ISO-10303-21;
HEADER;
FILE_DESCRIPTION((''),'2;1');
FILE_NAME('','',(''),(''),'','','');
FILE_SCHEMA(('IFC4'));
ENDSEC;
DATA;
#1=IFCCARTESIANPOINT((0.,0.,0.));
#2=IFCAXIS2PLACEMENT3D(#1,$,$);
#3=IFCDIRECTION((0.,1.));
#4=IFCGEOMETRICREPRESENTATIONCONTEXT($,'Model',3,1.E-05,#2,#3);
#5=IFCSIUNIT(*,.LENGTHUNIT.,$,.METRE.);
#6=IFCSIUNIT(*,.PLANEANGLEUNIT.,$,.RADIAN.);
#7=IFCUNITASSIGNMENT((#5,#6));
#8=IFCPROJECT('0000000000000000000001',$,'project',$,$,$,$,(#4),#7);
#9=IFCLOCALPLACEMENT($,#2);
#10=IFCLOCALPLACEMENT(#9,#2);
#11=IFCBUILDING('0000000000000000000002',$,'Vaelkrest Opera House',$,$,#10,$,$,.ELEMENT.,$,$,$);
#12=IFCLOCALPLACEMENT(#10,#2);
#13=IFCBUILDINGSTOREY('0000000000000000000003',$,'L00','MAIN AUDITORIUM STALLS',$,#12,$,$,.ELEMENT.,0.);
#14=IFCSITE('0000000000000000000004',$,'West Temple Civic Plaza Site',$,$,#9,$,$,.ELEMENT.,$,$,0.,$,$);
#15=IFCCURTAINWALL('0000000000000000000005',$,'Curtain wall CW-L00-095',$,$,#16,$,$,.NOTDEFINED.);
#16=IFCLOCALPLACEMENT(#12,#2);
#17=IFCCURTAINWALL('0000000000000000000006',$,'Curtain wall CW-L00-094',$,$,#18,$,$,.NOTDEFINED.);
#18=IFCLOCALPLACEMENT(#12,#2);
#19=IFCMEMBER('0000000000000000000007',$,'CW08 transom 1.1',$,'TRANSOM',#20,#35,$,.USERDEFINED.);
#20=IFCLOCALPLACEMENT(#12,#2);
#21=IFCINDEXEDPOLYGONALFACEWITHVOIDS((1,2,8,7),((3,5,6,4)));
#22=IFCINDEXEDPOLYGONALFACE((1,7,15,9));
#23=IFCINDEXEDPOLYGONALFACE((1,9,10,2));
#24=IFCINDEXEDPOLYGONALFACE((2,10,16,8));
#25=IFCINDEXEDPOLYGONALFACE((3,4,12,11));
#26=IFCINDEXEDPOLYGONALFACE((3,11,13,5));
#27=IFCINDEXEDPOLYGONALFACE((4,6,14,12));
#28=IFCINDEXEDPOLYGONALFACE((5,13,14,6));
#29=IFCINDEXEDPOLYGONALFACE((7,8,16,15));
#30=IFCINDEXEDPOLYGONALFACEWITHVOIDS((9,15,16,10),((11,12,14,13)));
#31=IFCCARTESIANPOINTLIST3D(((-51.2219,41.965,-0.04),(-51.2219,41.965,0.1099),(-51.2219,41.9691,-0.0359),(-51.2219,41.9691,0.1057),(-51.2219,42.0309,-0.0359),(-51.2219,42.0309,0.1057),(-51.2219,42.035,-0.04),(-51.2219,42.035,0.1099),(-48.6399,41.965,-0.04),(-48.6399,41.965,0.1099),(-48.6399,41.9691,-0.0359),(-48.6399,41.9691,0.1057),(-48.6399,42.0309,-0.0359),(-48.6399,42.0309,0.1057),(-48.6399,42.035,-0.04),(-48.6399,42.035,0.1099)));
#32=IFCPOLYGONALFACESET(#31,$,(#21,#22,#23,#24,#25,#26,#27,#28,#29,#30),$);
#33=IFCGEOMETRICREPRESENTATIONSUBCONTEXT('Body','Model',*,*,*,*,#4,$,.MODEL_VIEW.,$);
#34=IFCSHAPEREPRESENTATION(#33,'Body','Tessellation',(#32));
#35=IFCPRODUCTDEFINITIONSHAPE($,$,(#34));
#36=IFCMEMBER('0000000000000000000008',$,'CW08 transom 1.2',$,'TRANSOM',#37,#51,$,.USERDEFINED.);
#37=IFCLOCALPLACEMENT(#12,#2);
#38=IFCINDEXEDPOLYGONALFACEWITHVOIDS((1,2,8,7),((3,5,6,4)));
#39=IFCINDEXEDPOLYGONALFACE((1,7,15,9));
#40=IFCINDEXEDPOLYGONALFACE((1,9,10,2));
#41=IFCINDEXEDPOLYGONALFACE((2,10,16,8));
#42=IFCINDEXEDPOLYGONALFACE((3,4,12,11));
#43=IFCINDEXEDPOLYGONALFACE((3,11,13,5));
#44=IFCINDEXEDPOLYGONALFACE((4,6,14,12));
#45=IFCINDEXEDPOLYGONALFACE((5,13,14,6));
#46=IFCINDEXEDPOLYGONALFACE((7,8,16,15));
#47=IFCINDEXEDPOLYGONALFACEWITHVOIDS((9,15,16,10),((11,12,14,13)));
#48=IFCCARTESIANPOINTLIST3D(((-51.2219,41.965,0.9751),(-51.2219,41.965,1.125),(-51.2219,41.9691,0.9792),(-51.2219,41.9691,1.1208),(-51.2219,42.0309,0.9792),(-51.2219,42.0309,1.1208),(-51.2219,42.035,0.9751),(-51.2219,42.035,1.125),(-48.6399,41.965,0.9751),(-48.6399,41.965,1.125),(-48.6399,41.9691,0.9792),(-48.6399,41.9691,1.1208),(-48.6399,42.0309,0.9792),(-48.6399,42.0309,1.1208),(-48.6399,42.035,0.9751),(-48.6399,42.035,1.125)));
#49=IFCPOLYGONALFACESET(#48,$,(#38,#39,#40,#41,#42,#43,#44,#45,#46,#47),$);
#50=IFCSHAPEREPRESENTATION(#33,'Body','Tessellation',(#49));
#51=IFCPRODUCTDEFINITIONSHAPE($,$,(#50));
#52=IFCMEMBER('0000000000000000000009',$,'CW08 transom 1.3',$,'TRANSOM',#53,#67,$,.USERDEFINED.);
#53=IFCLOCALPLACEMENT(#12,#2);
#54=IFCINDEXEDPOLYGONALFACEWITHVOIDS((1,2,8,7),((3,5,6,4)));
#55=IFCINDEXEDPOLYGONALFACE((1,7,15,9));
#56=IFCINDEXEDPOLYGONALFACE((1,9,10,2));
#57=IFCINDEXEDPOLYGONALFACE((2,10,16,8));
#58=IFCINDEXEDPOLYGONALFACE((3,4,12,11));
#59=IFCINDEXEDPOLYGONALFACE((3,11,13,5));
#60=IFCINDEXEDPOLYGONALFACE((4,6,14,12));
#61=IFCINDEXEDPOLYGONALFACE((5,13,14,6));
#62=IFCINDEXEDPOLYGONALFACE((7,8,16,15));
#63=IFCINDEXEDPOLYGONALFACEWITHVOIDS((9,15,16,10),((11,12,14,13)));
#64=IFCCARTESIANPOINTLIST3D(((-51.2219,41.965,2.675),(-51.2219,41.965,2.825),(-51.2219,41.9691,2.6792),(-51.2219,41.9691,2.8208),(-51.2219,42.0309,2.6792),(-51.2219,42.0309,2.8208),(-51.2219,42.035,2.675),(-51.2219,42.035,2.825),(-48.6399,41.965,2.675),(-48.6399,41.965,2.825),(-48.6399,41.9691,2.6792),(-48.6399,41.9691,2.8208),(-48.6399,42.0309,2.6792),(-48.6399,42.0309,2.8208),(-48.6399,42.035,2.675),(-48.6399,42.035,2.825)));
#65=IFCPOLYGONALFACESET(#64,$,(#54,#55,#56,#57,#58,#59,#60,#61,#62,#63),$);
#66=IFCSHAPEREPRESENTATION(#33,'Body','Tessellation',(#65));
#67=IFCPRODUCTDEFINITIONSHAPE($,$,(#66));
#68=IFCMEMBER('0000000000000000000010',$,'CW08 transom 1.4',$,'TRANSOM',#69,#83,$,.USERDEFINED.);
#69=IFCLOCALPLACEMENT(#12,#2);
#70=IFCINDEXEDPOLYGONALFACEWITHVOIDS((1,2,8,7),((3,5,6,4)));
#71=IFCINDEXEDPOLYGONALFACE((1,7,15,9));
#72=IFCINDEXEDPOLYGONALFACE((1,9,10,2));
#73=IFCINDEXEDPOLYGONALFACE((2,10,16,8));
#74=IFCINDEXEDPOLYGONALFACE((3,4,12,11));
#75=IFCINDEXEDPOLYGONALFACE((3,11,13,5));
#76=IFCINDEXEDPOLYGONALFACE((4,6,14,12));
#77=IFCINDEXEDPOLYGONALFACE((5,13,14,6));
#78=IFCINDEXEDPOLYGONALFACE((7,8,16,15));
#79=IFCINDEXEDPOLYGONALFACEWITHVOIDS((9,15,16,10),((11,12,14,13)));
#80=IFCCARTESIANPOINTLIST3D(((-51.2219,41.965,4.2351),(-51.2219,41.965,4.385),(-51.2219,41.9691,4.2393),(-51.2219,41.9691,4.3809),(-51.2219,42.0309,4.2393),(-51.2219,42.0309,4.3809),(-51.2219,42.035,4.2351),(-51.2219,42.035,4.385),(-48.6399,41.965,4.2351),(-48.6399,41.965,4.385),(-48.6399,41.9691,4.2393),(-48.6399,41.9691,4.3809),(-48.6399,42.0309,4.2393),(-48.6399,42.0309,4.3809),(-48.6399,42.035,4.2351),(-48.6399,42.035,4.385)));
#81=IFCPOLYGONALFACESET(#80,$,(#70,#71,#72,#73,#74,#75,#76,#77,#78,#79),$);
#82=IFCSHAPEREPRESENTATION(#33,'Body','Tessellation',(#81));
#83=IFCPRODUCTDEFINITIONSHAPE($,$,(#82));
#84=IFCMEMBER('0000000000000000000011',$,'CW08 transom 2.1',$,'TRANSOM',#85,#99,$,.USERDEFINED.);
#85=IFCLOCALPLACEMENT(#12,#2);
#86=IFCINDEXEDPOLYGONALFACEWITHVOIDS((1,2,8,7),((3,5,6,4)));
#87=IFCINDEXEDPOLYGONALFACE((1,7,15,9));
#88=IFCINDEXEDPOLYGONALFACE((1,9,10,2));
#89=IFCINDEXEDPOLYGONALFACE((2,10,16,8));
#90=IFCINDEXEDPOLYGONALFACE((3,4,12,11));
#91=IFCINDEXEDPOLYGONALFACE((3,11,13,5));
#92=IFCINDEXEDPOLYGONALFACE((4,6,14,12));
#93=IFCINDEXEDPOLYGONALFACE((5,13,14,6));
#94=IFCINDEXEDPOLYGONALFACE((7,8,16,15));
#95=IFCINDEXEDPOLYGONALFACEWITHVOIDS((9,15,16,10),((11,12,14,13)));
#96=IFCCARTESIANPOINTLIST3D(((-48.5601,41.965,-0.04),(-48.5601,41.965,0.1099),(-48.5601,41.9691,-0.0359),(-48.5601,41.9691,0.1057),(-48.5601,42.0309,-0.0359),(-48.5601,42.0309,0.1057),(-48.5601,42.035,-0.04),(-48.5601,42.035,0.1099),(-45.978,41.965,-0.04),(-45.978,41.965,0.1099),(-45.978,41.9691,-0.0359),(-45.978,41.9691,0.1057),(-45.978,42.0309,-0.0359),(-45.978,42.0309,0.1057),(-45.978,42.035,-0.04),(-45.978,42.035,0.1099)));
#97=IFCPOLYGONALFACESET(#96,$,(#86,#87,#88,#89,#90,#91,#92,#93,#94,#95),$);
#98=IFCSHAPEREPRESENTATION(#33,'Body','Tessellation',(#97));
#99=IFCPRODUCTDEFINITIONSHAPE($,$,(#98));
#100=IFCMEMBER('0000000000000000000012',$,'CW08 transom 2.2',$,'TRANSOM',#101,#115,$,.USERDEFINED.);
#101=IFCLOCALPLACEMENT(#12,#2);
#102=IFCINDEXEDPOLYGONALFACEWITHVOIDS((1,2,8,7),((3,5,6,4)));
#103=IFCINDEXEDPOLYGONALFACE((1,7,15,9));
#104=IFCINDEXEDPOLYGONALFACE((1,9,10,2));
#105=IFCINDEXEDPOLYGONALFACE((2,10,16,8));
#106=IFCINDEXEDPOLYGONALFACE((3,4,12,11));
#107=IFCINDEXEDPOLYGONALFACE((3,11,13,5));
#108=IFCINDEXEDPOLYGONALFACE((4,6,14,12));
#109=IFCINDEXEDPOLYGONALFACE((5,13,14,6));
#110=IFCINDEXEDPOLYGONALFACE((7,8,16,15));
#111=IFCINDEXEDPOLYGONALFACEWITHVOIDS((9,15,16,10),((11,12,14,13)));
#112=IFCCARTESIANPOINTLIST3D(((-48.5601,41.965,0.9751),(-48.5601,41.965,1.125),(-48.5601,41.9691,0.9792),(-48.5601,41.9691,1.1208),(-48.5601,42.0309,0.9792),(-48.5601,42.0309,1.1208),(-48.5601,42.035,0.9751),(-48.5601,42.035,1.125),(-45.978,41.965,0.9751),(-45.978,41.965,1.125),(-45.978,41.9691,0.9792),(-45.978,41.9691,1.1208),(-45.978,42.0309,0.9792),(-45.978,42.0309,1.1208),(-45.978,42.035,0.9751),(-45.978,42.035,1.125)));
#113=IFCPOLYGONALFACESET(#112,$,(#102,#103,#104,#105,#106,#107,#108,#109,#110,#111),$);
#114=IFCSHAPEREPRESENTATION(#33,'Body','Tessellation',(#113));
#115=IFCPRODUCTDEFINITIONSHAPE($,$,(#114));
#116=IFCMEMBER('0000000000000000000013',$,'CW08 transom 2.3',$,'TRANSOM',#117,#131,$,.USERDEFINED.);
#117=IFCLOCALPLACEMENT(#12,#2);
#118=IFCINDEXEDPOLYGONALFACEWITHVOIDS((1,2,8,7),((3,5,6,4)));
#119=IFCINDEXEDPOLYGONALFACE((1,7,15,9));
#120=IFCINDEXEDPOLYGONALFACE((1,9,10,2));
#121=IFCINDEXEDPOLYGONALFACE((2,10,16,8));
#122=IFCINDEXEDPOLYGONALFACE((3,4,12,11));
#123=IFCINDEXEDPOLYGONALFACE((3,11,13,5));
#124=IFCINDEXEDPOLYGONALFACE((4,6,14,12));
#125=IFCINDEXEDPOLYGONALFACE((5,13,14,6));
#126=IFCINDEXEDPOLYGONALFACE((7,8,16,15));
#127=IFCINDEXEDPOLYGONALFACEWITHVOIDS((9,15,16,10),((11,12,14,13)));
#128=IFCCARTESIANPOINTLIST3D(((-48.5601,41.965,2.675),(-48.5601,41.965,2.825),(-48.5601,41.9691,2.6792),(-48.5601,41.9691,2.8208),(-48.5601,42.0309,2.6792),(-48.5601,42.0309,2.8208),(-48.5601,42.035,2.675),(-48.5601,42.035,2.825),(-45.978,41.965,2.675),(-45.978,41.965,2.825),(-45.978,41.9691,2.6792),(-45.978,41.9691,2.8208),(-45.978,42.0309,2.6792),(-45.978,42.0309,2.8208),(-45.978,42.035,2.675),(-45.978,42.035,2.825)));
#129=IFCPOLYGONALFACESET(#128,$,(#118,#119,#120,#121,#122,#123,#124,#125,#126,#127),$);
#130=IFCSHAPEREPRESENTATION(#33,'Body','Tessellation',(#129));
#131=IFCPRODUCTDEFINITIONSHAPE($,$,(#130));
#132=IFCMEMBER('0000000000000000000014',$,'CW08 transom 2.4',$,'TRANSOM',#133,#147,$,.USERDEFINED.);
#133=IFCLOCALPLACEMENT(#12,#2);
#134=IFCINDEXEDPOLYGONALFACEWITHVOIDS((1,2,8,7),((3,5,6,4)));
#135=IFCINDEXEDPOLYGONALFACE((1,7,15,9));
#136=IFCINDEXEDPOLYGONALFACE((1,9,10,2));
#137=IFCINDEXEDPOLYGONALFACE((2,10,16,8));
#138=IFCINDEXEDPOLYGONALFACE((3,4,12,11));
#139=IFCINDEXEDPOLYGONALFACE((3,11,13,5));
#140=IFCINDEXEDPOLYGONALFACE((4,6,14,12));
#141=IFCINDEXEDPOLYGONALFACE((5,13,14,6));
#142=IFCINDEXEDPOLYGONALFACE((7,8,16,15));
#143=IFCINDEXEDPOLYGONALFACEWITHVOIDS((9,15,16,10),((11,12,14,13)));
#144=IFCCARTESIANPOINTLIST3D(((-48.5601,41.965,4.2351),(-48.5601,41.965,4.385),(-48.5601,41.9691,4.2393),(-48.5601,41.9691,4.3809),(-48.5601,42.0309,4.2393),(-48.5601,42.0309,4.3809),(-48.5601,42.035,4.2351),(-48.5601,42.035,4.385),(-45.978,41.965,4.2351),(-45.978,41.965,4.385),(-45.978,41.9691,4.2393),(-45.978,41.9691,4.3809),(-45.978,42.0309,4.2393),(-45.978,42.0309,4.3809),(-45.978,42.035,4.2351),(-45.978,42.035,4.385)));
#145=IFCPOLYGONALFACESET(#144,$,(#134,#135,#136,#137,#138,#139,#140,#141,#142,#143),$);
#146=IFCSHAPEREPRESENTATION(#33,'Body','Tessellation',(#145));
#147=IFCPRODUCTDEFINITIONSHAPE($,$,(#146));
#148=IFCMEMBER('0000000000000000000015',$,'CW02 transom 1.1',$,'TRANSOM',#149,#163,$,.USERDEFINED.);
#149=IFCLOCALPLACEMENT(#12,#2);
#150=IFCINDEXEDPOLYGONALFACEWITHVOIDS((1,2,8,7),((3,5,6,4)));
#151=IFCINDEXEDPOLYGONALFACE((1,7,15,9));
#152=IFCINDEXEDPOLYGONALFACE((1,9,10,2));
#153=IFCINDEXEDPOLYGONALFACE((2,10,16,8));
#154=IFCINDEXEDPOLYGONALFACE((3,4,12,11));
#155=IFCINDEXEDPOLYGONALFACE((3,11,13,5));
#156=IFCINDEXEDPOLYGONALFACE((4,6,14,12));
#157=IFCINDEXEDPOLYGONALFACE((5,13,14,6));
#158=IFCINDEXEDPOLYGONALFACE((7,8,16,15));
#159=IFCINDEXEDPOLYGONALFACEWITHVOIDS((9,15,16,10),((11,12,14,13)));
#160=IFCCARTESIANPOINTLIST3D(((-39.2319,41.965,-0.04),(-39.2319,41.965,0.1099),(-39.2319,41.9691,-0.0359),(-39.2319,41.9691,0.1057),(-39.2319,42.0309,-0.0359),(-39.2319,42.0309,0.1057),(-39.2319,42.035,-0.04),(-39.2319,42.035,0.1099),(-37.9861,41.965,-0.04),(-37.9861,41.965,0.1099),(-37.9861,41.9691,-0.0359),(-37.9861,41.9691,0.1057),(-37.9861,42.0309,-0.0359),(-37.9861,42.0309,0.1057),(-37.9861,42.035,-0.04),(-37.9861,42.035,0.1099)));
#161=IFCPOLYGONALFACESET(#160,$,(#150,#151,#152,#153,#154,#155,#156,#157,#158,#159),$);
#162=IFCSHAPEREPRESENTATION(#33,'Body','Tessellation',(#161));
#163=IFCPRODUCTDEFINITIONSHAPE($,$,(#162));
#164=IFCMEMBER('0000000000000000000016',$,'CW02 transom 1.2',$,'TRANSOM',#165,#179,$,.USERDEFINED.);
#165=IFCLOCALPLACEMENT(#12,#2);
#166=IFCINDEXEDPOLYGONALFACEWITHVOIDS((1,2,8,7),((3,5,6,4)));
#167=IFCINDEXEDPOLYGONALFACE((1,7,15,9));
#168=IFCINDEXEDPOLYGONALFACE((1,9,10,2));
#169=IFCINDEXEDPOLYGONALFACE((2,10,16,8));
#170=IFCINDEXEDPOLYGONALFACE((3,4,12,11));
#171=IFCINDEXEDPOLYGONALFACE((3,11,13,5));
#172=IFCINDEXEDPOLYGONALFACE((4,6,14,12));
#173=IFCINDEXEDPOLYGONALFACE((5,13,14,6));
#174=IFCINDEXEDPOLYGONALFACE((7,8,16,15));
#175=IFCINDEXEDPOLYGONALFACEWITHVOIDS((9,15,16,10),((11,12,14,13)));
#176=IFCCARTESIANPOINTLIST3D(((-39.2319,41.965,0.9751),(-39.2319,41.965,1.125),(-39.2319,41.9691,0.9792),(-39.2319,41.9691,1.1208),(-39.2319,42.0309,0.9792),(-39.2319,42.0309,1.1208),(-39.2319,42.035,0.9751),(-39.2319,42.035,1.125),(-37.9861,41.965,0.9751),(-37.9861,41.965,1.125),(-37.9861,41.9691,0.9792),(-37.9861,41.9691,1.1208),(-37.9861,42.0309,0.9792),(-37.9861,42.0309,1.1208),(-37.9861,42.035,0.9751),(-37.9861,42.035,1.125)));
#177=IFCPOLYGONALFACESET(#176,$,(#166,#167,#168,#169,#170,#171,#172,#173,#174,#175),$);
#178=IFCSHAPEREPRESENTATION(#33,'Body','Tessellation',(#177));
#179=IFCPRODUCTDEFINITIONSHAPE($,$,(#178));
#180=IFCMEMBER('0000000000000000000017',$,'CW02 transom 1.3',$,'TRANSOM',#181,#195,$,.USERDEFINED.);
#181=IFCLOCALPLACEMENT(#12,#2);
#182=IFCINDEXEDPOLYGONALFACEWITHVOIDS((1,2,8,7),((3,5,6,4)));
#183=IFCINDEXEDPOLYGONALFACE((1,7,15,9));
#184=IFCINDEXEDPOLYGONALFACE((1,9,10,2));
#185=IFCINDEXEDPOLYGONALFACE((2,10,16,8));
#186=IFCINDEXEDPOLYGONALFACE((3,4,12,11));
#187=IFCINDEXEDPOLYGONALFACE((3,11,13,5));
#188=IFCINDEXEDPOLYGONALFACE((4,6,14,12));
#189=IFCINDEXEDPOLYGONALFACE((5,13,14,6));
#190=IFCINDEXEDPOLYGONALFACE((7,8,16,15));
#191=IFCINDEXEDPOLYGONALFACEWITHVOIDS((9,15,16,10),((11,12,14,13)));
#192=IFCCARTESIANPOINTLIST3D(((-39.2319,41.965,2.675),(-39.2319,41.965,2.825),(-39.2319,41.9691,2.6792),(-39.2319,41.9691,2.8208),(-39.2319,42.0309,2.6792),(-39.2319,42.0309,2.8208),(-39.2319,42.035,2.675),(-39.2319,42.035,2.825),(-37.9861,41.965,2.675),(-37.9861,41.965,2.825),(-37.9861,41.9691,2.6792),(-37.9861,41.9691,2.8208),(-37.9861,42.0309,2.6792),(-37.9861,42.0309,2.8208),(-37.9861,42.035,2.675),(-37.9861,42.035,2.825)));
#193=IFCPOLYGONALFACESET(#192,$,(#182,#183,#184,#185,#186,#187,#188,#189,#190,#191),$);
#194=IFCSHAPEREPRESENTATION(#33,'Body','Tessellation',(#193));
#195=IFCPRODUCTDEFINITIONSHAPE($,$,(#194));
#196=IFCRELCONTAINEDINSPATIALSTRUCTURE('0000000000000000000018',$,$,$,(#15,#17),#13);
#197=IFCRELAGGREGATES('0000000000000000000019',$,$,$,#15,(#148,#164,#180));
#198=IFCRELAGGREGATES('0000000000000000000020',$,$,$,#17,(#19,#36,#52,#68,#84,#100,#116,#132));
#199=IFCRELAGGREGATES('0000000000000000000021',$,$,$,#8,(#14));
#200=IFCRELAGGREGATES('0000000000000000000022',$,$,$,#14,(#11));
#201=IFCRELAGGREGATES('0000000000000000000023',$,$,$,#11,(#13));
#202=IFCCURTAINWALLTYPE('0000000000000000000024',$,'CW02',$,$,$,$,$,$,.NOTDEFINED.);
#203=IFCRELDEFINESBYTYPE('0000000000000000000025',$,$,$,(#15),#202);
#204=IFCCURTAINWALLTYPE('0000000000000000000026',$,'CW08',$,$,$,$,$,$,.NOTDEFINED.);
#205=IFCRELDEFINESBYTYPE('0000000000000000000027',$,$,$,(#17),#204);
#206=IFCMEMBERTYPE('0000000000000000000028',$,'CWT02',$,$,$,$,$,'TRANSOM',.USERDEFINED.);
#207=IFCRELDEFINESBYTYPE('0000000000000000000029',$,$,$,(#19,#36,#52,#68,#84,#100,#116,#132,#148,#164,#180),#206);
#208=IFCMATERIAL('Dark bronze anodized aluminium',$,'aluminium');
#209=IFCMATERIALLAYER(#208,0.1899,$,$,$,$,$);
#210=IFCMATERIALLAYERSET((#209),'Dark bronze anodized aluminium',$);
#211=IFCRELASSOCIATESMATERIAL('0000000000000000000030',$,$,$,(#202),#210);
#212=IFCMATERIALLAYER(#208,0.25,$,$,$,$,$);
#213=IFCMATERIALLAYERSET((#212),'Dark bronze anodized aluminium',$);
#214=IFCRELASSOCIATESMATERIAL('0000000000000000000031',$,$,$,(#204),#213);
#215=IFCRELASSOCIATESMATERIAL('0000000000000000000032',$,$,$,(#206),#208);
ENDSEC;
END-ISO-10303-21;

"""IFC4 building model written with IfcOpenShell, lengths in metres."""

from ifc_helpers import new_model, si_unit, direction, frame, origin, origin_2d, place, context, subcontext, project, spatial, hollow_rectangle, extrude, material, layer, layer_set, material_profile, profile_set, type_object, element, aggregate, save


model = new_model("IFC4")

# Units and contexts
model_context = context("Model", 3, precision=1e-05, world=origin(), true_north=direction((0.0, 1.0)))
body_context = subcontext(model_context, "Body", "Model", "MODEL_VIEW")
ifc_project = project(units=[si_unit("LENGTHUNIT", "METRE"), si_unit("PLANEANGLEUNIT", "RADIAN")], contexts=[model_context])

# Site, building, storey
site_placement = place(None, origin())
site = spatial("IfcSite", under=ifc_project, at=site_placement, Name="West Temple Civic Plaza Site", CompositionType="ELEMENT", RefElevation=0.0)
building_placement = place(site_placement, origin())
building = spatial("IfcBuilding", under=site, at=building_placement, Name="Vaelkrest Opera House", CompositionType="ELEMENT")
storey_placement = place(building_placement, origin())
storey = spatial("IfcBuildingStorey", under=building, at=storey_placement, Name="L00", Description="MAIN AUDITORIUM STALLS", CompositionType="ELEMENT", Elevation=0.0)

# Curtain wall
ifc_material_1 = material(Name="Dark bronze anodized aluminium", Category="aluminium")
ifc_layer_1 = layer(ifc_material_1, 0.1899)
ifc_layer_set_1 = layer_set([ifc_layer_1], Name="Dark bronze anodized aluminium")
curtain_wall_type_1 = type_object("IfcCurtainWallType", Name="CW02", PredefinedType="NOTDEFINED", material=ifc_layer_set_1)
curtain_wall_1_placement = place(storey_placement, origin())
curtain_wall_1 = element("IfcCurtainWall", 1, at=curtain_wall_1_placement, inside=storey, type_object=curtain_wall_type_1, Name="Curtain wall CW-L00-095", PredefinedType="NOTDEFINED")

# Curtain wall, members
ifc_layer_2 = layer(ifc_material_1, 0.25)
ifc_layer_set_2 = layer_set([ifc_layer_2], Name="Dark bronze anodized aluminium")
curtain_wall_type_2 = type_object("IfcCurtainWallType", Name="CW08", PredefinedType="NOTDEFINED", material=ifc_layer_set_2)
curtain_wall_2_placement = place(storey_placement, origin())
curtain_wall_2 = element("IfcCurtainWall", 2, at=curtain_wall_2_placement, inside=storey, type_object=curtain_wall_type_2, Name="Curtain wall CW-L00-094", PredefinedType="NOTDEFINED")
ifc_material_profile_1 = material_profile(ifc_material_1, hollow_rectangle(XDim=0.0701, YDim=0.1499, WallThickness=0.0042, at=origin_2d()), Name="CWT70X150")
ifc_profile_set_1 = profile_set([ifc_material_profile_1], Name="Dark bronze anodized aluminium")
member_type_1 = type_object("IfcMemberType", Name="CWT02", ElementType="TRANSOM", PredefinedType="USERDEFINED", material=ifc_profile_set_1)
member_1_placement = place(storey_placement, frame((-51.2219, 42.0, 0.0349), z_axis=(1.0, 0.0, 0.0), x_axis=(0.0, 1.0, 0.0)))
member_1 = element("IfcMember", 3, at=member_1_placement, type_object=member_type_1, Name="CW08 transom 1.1", ObjectType="TRANSOM", PredefinedType="USERDEFINED", context=body_context, shape_type="SweptSolid", body=[
    extrude(hollow_rectangle(XDim=0.0701, YDim=0.1499, WallThickness=0.0042, at=origin_2d()), origin(), (0.0, 0.0, 1.0), 2.582),
])
member_2_placement = place(storey_placement, frame((-51.2219, 42.0, 1.05), z_axis=(1.0, 0.0, 0.0), x_axis=(0.0, 1.0, 0.0)))
member_2 = element("IfcMember", 4, at=member_2_placement, type_object=member_type_1, Name="CW08 transom 1.2", ObjectType="TRANSOM", PredefinedType="USERDEFINED", context=body_context, shape_type="SweptSolid", body=[
    extrude(hollow_rectangle(XDim=0.0701, YDim=0.1499, WallThickness=0.0042, at=origin_2d()), origin(), (0.0, 0.0, 1.0), 2.582),
])
member_3_placement = place(storey_placement, frame((-51.2219, 42.0, 2.75), z_axis=(1.0, 0.0, 0.0), x_axis=(0.0, 1.0, 0.0)))
member_3 = element("IfcMember", 5, at=member_3_placement, type_object=member_type_1, Name="CW08 transom 1.3", ObjectType="TRANSOM", PredefinedType="USERDEFINED", context=body_context, shape_type="SweptSolid", body=[
    extrude(hollow_rectangle(XDim=0.0701, YDim=0.1499, WallThickness=0.0042, at=origin_2d()), origin(), (0.0, 0.0, 1.0), 2.582),
])
member_4_placement = place(storey_placement, frame((-51.2219, 42.0, 4.3101), z_axis=(1.0, 0.0, 0.0), x_axis=(0.0, 1.0, 0.0)))
member_4 = element("IfcMember", 6, at=member_4_placement, type_object=member_type_1, Name="CW08 transom 1.4", ObjectType="TRANSOM", PredefinedType="USERDEFINED", context=body_context, shape_type="SweptSolid", body=[
    extrude(hollow_rectangle(XDim=0.0701, YDim=0.1499, WallThickness=0.0042, at=origin_2d()), origin(), (0.0, 0.0, 1.0), 2.582),
])
member_5_placement = place(storey_placement, frame((-48.5601, 42.0, 0.0349), z_axis=(1.0, 0.0, 0.0), x_axis=(0.0, 1.0, 0.0)))
member_5 = element("IfcMember", 7, at=member_5_placement, type_object=member_type_1, Name="CW08 transom 2.1", ObjectType="TRANSOM", PredefinedType="USERDEFINED", context=body_context, shape_type="SweptSolid", body=[
    extrude(hollow_rectangle(XDim=0.0701, YDim=0.1499, WallThickness=0.0042, at=origin_2d()), origin(), (0.0, 0.0, 1.0), 2.582),
])
member_6_placement = place(storey_placement, frame((-48.5601, 42.0, 1.05), z_axis=(1.0, 0.0, 0.0), x_axis=(0.0, 1.0, 0.0)))
member_6 = element("IfcMember", 8, at=member_6_placement, type_object=member_type_1, Name="CW08 transom 2.2", ObjectType="TRANSOM", PredefinedType="USERDEFINED", context=body_context, shape_type="SweptSolid", body=[
    extrude(hollow_rectangle(XDim=0.0701, YDim=0.1499, WallThickness=0.0042, at=origin_2d()), origin(), (0.0, 0.0, 1.0), 2.582),
])
member_7_placement = place(storey_placement, frame((-48.5601, 42.0, 2.75), z_axis=(1.0, 0.0, 0.0), x_axis=(0.0, 1.0, 0.0)))
member_7 = element("IfcMember", 9, at=member_7_placement, type_object=member_type_1, Name="CW08 transom 2.3", ObjectType="TRANSOM", PredefinedType="USERDEFINED", context=body_context, shape_type="SweptSolid", body=[
    extrude(hollow_rectangle(XDim=0.0701, YDim=0.1499, WallThickness=0.0042, at=origin_2d()), origin(), (0.0, 0.0, 1.0), 2.582),
])
member_8_placement = place(storey_placement, frame((-48.5601, 42.0, 4.3101), z_axis=(1.0, 0.0, 0.0), x_axis=(0.0, 1.0, 0.0)))
member_8 = element("IfcMember", 10, at=member_8_placement, type_object=member_type_1, Name="CW08 transom 2.4", ObjectType="TRANSOM", PredefinedType="USERDEFINED", context=body_context, shape_type="SweptSolid", body=[
    extrude(hollow_rectangle(XDim=0.0701, YDim=0.1499, WallThickness=0.0042, at=origin_2d()), origin(), (0.0, 0.0, 1.0), 2.582),
])

# Members
member_9_placement = place(storey_placement, frame((-39.2319, 42.0, 0.0349), z_axis=(1.0, 0.0, 0.0), x_axis=(0.0, 1.0, 0.0)))
member_9 = element("IfcMember", 11, at=member_9_placement, type_object=member_type_1, Name="CW02 transom 1.1", ObjectType="TRANSOM", PredefinedType="USERDEFINED", context=body_context, shape_type="SweptSolid", body=[
    extrude(hollow_rectangle(XDim=0.0701, YDim=0.1499, WallThickness=0.0042, at=origin_2d()), origin(), (0.0, 0.0, 1.0), 1.2458),
])
member_10_placement = place(storey_placement, frame((-39.2319, 42.0, 1.05), z_axis=(1.0, 0.0, 0.0), x_axis=(0.0, 1.0, 0.0)))
member_10 = element("IfcMember", 12, at=member_10_placement, type_object=member_type_1, Name="CW02 transom 1.2", ObjectType="TRANSOM", PredefinedType="USERDEFINED", context=body_context, shape_type="SweptSolid", body=[
    extrude(hollow_rectangle(XDim=0.0701, YDim=0.1499, WallThickness=0.0042, at=origin_2d()), origin(), (0.0, 0.0, 1.0), 1.2458),
])
member_11_placement = place(storey_placement, frame((-39.2319, 42.0, 2.75), z_axis=(1.0, 0.0, 0.0), x_axis=(0.0, 1.0, 0.0)))
member_11 = element("IfcMember", 13, at=member_11_placement, type_object=member_type_1, Name="CW02 transom 1.3", ObjectType="TRANSOM", PredefinedType="USERDEFINED", context=body_context, shape_type="SweptSolid", body=[
    extrude(hollow_rectangle(XDim=0.0701, YDim=0.1499, WallThickness=0.0042, at=origin_2d()), origin(), (0.0, 0.0, 1.0), 1.2458),
])
aggregate(curtain_wall_1, [member_9, member_10, member_11])

aggregate(curtain_wall_2, [member_1, member_2, member_3, member_4, member_5, member_6, member_7, member_8])

save(model, "model.ifc")
